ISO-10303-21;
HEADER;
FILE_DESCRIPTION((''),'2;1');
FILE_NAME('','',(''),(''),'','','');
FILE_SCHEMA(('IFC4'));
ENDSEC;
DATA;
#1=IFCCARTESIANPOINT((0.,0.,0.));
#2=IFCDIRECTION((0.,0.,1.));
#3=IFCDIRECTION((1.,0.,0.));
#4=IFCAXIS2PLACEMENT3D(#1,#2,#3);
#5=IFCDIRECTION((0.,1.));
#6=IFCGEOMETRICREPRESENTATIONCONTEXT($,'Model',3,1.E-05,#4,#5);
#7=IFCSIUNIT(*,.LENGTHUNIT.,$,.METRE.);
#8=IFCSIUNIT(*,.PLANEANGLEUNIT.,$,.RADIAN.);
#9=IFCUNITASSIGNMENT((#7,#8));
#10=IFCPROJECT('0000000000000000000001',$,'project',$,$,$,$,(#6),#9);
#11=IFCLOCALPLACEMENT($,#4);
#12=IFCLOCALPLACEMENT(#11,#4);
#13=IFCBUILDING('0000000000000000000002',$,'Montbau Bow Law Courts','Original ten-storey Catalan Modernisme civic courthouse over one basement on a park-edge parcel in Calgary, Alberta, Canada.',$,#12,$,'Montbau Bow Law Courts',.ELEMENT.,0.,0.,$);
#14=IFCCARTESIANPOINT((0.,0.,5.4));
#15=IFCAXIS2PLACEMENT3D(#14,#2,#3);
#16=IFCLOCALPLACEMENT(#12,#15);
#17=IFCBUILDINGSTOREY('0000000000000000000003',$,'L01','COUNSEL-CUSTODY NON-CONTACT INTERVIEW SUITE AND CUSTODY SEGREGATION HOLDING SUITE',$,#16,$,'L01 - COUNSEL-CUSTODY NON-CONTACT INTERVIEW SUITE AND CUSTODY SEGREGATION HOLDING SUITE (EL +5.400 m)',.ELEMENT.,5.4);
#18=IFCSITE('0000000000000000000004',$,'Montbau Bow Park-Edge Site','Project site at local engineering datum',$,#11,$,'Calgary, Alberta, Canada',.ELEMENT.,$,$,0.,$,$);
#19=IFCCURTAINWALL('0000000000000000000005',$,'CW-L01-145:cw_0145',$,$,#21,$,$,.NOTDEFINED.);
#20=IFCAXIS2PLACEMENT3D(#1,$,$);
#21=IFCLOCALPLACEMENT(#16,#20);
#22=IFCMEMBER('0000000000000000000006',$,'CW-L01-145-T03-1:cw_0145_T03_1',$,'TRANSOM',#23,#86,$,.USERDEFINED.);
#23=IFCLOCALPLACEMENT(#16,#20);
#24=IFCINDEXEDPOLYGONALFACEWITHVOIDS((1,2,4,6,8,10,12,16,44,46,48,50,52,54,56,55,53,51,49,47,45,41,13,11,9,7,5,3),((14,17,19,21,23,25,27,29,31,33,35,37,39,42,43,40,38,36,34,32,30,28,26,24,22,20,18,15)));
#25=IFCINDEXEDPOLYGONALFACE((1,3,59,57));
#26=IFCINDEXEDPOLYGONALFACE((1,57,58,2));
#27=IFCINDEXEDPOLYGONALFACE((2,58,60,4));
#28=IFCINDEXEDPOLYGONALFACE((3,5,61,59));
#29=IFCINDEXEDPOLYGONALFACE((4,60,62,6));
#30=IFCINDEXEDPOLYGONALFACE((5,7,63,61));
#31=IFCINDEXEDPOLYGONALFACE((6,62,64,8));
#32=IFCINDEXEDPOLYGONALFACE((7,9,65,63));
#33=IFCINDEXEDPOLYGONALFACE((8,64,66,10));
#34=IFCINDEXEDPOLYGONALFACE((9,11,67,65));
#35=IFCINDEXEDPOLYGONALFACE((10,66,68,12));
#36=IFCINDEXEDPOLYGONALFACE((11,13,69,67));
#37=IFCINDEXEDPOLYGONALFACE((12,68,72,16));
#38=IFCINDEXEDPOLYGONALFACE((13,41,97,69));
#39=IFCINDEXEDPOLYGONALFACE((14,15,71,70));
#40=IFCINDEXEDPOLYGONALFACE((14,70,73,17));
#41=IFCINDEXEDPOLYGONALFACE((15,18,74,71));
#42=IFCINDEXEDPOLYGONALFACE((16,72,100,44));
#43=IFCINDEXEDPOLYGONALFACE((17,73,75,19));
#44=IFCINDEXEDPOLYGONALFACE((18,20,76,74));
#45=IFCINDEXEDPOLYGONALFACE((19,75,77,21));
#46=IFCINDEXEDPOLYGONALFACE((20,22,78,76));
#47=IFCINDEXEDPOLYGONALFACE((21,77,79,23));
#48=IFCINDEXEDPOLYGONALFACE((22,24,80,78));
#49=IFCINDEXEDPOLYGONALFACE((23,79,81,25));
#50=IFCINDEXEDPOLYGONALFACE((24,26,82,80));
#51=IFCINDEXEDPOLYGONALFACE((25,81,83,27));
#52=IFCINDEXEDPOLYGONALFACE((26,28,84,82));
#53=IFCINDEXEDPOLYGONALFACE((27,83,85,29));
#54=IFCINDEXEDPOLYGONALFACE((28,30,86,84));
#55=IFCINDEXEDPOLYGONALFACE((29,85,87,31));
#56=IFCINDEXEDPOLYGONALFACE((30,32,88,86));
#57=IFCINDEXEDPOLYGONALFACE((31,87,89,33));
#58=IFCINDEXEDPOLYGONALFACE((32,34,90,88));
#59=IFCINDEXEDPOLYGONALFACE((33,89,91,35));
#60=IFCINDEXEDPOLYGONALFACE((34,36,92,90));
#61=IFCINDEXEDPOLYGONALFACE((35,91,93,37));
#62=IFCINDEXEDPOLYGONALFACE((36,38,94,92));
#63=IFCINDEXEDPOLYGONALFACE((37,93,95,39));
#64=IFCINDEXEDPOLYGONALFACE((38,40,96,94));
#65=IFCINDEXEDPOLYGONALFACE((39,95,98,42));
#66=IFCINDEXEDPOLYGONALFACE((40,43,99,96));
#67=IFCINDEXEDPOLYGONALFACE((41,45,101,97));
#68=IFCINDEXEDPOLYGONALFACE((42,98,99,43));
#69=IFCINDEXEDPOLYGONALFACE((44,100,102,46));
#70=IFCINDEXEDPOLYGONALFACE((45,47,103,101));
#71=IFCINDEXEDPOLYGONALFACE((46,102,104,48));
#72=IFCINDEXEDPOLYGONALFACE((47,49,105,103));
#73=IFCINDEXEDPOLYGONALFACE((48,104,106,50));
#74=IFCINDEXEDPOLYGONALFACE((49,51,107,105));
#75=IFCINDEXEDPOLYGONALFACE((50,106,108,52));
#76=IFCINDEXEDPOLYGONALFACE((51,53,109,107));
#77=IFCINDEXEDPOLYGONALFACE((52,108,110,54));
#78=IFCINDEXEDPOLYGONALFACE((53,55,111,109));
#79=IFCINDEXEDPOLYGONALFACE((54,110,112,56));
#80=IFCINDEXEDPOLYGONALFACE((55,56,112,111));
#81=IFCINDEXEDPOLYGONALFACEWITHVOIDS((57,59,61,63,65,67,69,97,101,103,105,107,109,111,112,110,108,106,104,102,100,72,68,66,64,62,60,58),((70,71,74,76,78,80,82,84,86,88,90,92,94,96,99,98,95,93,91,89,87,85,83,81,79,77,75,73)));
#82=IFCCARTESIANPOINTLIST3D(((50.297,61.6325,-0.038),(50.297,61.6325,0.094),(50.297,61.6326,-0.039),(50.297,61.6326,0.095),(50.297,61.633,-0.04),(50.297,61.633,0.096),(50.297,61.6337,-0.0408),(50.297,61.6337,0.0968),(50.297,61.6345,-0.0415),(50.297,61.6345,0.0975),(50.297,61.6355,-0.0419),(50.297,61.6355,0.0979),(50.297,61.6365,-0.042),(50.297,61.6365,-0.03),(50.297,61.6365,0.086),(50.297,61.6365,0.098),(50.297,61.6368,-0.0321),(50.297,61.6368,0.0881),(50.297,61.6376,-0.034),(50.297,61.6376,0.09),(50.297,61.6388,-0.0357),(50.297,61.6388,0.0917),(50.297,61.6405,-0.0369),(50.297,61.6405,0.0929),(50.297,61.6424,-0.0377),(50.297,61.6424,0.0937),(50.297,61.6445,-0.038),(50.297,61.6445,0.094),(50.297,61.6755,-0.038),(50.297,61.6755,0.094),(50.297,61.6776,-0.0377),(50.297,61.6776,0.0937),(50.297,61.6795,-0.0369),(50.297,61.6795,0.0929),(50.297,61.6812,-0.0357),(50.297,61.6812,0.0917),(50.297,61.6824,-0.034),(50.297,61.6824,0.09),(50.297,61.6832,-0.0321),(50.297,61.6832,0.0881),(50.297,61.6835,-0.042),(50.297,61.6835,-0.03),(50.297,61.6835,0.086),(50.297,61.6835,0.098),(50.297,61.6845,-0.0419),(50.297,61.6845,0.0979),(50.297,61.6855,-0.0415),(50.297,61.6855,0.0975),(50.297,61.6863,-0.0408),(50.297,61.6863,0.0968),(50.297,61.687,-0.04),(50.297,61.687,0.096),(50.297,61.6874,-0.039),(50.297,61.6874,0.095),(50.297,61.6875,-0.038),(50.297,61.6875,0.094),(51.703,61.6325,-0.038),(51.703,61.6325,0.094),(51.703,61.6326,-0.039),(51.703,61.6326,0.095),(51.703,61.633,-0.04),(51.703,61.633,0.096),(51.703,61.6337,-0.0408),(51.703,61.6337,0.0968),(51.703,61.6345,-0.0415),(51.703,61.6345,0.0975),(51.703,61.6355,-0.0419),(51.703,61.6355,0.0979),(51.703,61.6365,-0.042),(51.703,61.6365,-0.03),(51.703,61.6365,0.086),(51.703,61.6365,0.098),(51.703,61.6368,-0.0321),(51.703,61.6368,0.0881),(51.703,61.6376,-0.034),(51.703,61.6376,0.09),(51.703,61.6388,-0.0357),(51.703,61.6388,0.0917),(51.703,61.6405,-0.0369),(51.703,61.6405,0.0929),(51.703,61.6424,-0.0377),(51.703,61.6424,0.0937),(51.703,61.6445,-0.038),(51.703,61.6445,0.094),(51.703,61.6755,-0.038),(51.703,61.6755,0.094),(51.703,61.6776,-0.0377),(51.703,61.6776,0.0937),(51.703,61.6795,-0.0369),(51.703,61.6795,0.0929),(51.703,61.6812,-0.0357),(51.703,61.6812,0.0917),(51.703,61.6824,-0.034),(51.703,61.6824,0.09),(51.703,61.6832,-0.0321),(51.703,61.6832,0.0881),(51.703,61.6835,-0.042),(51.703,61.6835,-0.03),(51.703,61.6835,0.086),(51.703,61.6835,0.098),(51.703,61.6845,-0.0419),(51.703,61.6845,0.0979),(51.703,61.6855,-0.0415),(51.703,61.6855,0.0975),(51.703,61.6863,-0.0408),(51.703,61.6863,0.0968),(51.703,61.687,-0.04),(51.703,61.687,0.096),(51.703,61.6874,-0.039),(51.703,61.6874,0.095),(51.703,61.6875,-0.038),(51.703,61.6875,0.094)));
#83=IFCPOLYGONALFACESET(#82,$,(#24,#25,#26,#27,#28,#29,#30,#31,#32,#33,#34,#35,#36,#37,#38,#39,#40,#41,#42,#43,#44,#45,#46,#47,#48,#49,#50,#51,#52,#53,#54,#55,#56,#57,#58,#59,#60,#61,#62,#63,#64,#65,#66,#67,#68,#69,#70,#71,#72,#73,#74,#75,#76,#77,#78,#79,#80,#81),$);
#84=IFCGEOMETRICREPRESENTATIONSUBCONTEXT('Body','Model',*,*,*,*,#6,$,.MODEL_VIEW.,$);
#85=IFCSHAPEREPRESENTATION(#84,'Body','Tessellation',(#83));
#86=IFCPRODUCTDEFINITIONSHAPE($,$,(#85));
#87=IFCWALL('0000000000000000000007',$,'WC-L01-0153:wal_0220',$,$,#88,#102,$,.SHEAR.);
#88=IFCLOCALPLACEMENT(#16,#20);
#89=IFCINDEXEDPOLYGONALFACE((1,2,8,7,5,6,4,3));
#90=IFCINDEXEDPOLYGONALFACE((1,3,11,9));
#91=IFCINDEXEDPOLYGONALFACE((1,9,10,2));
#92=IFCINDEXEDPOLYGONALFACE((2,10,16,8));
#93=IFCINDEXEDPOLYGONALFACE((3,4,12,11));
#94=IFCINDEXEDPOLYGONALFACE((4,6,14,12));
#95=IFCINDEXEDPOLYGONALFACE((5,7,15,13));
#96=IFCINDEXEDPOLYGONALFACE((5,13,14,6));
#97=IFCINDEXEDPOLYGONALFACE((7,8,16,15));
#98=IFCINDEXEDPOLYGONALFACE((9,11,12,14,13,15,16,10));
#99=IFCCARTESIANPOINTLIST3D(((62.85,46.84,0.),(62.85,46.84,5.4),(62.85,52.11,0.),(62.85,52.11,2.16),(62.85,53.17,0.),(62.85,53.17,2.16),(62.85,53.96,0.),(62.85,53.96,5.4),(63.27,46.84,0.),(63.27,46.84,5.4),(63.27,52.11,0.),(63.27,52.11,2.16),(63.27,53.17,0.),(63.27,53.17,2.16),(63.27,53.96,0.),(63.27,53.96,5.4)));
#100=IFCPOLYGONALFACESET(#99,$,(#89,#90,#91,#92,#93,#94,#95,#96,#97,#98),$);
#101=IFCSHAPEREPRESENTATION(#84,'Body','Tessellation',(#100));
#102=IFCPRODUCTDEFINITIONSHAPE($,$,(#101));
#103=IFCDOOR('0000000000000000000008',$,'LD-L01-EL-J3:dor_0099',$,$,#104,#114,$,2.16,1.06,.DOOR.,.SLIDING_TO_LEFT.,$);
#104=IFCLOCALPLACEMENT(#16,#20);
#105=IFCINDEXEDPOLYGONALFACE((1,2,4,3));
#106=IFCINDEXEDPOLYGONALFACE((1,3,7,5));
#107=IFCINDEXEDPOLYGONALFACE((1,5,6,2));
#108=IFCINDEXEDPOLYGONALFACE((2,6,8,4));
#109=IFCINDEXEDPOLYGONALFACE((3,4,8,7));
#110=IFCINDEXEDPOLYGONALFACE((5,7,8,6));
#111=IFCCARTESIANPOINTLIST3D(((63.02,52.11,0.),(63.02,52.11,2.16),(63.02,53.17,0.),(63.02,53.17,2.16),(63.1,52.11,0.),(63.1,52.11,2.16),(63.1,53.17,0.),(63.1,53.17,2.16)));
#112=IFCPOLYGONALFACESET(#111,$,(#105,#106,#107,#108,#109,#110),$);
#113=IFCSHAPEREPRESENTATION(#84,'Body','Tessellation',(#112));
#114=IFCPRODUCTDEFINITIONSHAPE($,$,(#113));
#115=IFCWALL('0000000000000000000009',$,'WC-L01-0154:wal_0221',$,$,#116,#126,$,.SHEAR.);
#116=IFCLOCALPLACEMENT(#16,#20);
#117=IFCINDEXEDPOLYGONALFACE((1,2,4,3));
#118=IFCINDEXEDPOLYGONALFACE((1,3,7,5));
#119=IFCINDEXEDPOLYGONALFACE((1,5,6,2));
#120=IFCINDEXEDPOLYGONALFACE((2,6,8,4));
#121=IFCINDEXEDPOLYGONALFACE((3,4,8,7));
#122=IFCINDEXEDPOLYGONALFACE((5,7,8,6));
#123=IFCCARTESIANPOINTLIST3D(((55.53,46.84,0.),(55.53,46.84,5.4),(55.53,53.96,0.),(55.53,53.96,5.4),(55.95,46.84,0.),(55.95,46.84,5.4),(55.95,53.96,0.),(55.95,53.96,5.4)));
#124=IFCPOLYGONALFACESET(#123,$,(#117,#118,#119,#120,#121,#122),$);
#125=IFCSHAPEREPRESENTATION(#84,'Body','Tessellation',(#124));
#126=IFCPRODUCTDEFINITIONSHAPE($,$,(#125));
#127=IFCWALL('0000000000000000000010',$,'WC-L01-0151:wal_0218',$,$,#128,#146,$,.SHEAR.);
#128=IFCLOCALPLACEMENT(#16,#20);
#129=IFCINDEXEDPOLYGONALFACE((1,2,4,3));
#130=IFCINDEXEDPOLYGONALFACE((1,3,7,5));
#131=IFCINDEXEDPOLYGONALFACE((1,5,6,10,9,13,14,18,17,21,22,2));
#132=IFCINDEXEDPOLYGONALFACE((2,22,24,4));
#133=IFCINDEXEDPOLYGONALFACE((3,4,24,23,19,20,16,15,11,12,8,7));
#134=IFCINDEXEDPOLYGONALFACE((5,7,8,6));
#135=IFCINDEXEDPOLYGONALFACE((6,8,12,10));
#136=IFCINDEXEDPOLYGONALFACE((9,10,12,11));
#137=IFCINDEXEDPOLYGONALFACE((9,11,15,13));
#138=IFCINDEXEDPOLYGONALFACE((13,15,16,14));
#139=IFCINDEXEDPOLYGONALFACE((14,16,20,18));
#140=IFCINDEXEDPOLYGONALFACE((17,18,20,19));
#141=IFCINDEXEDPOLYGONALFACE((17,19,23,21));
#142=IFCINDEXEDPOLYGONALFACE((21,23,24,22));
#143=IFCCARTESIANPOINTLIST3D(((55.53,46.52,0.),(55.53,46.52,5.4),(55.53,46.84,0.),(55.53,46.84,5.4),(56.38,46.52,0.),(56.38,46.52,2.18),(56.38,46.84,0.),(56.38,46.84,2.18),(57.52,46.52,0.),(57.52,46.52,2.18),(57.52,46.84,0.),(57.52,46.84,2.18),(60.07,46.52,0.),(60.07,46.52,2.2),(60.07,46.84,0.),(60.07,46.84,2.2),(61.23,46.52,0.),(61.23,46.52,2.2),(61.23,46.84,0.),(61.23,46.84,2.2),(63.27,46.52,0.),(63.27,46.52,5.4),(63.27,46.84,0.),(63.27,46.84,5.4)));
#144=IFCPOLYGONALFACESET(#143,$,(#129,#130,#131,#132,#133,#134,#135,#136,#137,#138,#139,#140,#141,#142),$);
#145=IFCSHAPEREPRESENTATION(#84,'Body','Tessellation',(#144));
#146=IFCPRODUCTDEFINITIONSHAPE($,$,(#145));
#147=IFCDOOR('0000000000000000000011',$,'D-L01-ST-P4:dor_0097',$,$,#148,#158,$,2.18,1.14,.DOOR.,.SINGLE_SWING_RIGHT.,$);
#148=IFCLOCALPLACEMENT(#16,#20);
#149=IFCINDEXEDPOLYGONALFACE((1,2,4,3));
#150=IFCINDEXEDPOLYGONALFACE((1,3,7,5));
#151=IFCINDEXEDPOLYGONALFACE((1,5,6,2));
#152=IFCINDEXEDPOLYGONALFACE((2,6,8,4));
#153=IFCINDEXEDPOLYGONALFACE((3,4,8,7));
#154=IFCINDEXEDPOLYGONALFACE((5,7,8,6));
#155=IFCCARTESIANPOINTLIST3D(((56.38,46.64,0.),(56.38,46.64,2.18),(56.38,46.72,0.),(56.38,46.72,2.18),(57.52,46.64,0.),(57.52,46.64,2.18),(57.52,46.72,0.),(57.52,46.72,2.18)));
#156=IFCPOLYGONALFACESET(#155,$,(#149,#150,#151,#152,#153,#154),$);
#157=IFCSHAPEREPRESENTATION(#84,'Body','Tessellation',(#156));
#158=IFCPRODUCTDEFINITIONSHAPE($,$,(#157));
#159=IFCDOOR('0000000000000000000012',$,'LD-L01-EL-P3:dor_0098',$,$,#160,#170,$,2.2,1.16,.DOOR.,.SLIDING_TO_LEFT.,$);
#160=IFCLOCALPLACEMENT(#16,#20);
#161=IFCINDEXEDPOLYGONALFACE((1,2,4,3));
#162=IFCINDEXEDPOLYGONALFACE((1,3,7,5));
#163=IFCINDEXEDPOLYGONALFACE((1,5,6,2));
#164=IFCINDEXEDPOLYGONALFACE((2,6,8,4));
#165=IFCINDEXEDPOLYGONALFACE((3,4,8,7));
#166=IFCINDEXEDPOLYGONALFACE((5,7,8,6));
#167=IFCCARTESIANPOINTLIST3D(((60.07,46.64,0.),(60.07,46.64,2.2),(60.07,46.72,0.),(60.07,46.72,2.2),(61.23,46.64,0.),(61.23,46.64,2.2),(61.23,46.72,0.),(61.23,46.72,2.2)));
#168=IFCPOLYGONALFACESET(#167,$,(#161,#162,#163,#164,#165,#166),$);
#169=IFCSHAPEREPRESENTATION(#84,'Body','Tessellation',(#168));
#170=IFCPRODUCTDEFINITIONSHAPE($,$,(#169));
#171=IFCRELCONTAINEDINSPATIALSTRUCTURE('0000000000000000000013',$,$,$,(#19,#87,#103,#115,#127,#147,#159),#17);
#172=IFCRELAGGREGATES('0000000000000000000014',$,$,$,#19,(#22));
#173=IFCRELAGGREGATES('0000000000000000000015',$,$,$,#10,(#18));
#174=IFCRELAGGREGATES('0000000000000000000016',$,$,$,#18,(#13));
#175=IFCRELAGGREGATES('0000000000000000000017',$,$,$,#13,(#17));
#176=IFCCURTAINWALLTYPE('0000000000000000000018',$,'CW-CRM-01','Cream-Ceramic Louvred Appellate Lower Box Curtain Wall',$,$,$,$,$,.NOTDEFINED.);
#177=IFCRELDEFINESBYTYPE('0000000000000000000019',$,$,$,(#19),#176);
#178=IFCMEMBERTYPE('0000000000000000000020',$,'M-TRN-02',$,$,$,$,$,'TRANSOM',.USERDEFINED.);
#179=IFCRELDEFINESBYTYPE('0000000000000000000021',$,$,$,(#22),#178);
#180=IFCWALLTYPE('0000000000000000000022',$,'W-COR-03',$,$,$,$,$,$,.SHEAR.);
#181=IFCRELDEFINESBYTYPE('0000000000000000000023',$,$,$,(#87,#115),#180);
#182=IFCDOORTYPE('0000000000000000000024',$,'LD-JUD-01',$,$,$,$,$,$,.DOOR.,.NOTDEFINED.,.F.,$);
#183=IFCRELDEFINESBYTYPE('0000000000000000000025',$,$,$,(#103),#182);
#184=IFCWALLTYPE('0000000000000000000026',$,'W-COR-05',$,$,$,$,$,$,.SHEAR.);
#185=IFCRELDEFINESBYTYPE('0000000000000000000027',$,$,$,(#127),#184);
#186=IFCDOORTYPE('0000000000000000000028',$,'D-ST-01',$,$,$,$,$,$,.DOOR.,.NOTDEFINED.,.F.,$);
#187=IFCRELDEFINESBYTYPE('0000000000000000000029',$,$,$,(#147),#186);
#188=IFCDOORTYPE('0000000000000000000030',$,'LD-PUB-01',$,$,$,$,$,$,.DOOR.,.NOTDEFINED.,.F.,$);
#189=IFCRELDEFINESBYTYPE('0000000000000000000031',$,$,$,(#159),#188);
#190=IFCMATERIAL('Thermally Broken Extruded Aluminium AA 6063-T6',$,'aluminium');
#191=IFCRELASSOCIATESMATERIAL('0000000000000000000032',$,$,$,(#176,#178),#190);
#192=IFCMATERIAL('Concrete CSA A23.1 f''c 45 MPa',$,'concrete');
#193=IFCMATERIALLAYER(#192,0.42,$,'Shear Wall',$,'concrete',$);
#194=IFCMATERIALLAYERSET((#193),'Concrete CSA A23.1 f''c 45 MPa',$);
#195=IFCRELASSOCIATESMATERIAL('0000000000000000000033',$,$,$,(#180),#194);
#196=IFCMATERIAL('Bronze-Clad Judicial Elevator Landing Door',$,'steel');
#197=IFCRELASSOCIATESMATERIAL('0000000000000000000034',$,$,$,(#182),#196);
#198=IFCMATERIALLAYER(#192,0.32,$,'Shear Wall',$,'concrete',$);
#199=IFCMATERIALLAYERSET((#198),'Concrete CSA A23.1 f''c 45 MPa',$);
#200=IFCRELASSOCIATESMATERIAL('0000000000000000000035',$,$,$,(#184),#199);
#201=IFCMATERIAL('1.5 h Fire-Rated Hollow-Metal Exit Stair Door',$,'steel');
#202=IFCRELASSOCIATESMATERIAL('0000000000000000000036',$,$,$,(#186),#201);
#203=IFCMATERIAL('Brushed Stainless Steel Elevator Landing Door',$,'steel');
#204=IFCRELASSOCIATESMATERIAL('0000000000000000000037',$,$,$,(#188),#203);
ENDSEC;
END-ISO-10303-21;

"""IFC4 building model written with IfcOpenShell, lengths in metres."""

from ifc_helpers import new_model, si_unit, direction, frame, frame_2d, origin_with_axes, origin_2d_with_axis, place, context, subcontext, project, spatial, rectangle, hollow_rectangle, extrude, material, layer, layer_set, material_profile, profile_set, type_object, element, fill, aggregate, save


model = new_model("IFC4")

# Units and contexts
model_context = context("Model", 3, precision=1e-05, world=origin_with_axes(), true_north=direction((0.0, 1.0)))
body_context = subcontext(model_context, "Body", "Model", "MODEL_VIEW")
ifc_project = project(units=[si_unit("LENGTHUNIT", "METRE"), si_unit("PLANEANGLEUNIT", "RADIAN")], contexts=[model_context])

# Site, building, storey
site_placement = place(None, origin_with_axes())
site = spatial("IfcSite", under=ifc_project, at=site_placement, Name="Montbau Bow Park-Edge Site", Description="Project site at local engineering datum", LongName="Calgary, Alberta, Canada", CompositionType="ELEMENT", RefElevation=0.0)
building_placement = place(site_placement, origin_with_axes())
building = spatial("IfcBuilding", under=site, at=building_placement, Name="Montbau Bow Law Courts", Description="Original ten-storey Catalan Modernisme civic courthouse over one basement on a park-edge parcel in Calgary, Alberta, Canada.", LongName="Montbau Bow Law Courts", CompositionType="ELEMENT", ElevationOfRefHeight=0.0, ElevationOfTerrain=0.0)
storey_placement = place(building_placement, frame((0.0, 0.0, 5.4), z_axis=(0.0, 0.0, 1.0), x_axis=(1.0, 0.0, 0.0)))
storey = spatial("IfcBuildingStorey", under=building, at=storey_placement, Name="L01", Description="COUNSEL-CUSTODY NON-CONTACT INTERVIEW SUITE AND CUSTODY SEGREGATION HOLDING SUITE", LongName="L01 - COUNSEL-CUSTODY NON-CONTACT INTERVIEW SUITE AND CUSTODY SEGREGATION HOLDING SUITE (EL +5.400 m)", CompositionType="ELEMENT", Elevation=5.4)

# Curtain wall, member
ifc_material_1 = material(Name="Thermally Broken Extruded Aluminium AA 6063-T6", Category="aluminium")
curtain_wall_type = type_object("IfcCurtainWallType", Name="CW-CRM-01", Description="Cream-Ceramic Louvred Appellate Lower Box Curtain Wall", PredefinedType="NOTDEFINED", material=ifc_material_1)
curtain_wall_placement = place(None, frame((47.315, 61.66, 5.4), z_axis=(0.0, 0.0, 1.0), x_axis=(1.0, 0.0, 0.0)))
curtain_wall = element("IfcCurtainWall", 1, at=curtain_wall_placement, inside=storey, type_object=curtain_wall_type, Name="CW-L01-145:cw_0145", PredefinedType="NOTDEFINED")
ifc_material_profile_1 = material_profile(ifc_material_1, hollow_rectangle(XDim=0.055, YDim=0.14, WallThickness=0.004, InnerFilletRadius=0.008, OuterFilletRadius=0.004, at=origin_2d_with_axis()), Name="CWT-140X55", Category="Main", Priority=0)
ifc_profile_set_1 = profile_set([ifc_material_profile_1], Name="Thermally Broken Extruded Aluminium AA 6063-T6")
member_type = type_object("IfcMemberType", Name="M-TRN-02", ElementType="TRANSOM", PredefinedType="USERDEFINED", material=ifc_profile_set_1)
member_placement = place(None, frame((50.297, 61.66, 5.428), z_axis=(1.0, 0.0, 0.0), x_axis=(0.0, 1.0, 0.0)))
member = element("IfcMember", 2, at=member_placement, type_object=member_type, Name="CW-L01-145-T03-1:cw_0145_T03_1", ObjectType="TRANSOM", PredefinedType="USERDEFINED", context=body_context, shape_type="SweptSolid", body=[
    extrude(hollow_rectangle(XDim=0.055, YDim=0.14, WallThickness=0.004, InnerFilletRadius=0.008, OuterFilletRadius=0.004, at=origin_2d_with_axis()), origin_with_axes(), (0.0, 0.0, 1.0), 1.406),
])
aggregate(curtain_wall, [member])

# Wall, opening, door
ifc_material_2 = material(Name="Concrete CSA A23.1 f'c 45 MPa", Category="concrete")
ifc_layer_1 = layer(ifc_material_2, 0.42, Name="Shear Wall", Category="concrete")
ifc_layer_set_1 = layer_set([ifc_layer_1], Name="Concrete CSA A23.1 f'c 45 MPa")
wall_type_1 = type_object("IfcWallType", Name="W-COR-03", PredefinedType="SHEAR", material=ifc_layer_set_1)
wall_1_placement = place(None, frame((63.06, 46.84, 5.4), z_axis=(0.0, 0.0, 1.0), x_axis=(0.0, 1.0, 0.0)))
wall_1 = element("IfcWall", 3, at=wall_1_placement, inside=storey, type_object=wall_type_1, Name="WC-L01-0153:wal_0220", PredefinedType="SHEAR", context=body_context, shape_type="SweptSolid", body=[
    extrude(rectangle(XDim=7.12, YDim=0.42, at=frame_2d((3.56, 0.0), x_axis=(1.0, 0.0))), origin_with_axes(), (0.0, 0.0, 1.0), 5.4),
])
opening_1_placement = place(None, frame((63.06, 52.64, 5.4), z_axis=(0.0, 0.0, 1.0), x_axis=(0.0, 1.0, 0.0)))
opening_1 = element("IfcOpeningElement", 4, at=opening_1_placement, cuts=wall_1, PredefinedType="OPENING", context=body_context, shape_type="SweptSolid", body=[
    extrude(rectangle(XDim=1.06, YDim=2.16, at=frame_2d((0.0, 1.08), x_axis=(1.0, 0.0))), frame((0.0, 0.22, 0.0), z_axis=(0.0, -1.0, 0.0), x_axis=(1.0, 0.0, 0.0)), (0.0, 0.0, 1.0), 0.44),
])
ifc_material_3 = material(Name="Bronze-Clad Judicial Elevator Landing Door", Category="steel")
door_type_1 = type_object("IfcDoorType", Name="LD-JUD-01", OperationType="NOTDEFINED", ParameterTakesPrecedence=False, PredefinedType="DOOR", material=ifc_material_3)
door_1_placement = place(None, frame((63.06, 52.64, 5.4), z_axis=(0.0, 0.0, 1.0), x_axis=(0.0, 1.0, 0.0)))
door_1 = element("IfcDoor", 5, at=door_1_placement, inside=storey, type_object=door_type_1, Name="LD-L01-EL-J3:dor_0099", OperationType="SLIDING_TO_LEFT", OverallHeight=2.16, OverallWidth=1.06, PredefinedType="DOOR", context=body_context, shape_type="SweptSolid", body=[
    extrude(rectangle(XDim=1.06, YDim=2.16, at=frame_2d((0.0, 1.08), x_axis=(1.0, 0.0))), frame((0.0, 0.04, 0.0), z_axis=(0.0, -1.0, 0.0), x_axis=(1.0, 0.0, 0.0)), (0.0, 0.0, 1.0), 0.08),
])
fill(opening_1, door_1)

# Wall
wall_2_placement = place(None, frame((55.74, 53.96, 5.4), z_axis=(0.0, 0.0, 1.0), x_axis=(0.0, -1.0, 0.0)))
element("IfcWall", 6, at=wall_2_placement, inside=storey, type_object=wall_type_1, Name="WC-L01-0154:wal_0221", PredefinedType="SHEAR", context=body_context, shape_type="SweptSolid", body=[
    extrude(rectangle(XDim=7.12, YDim=0.42, at=frame_2d((3.56, 0.0), x_axis=(1.0, 0.0))), origin_with_axes(), (0.0, 0.0, 1.0), 5.4),
])

# Wall, openings, doors
ifc_layer_2 = layer(ifc_material_2, 0.32, Name="Shear Wall", Category="concrete")
ifc_layer_set_2 = layer_set([ifc_layer_2], Name="Concrete CSA A23.1 f'c 45 MPa")
wall_type_2 = type_object("IfcWallType", Name="W-COR-05", PredefinedType="SHEAR", material=ifc_layer_set_2)
wall_3_placement = place(None, frame((55.53, 46.68, 5.4), z_axis=(0.0, 0.0, 1.0), x_axis=(1.0, 0.0, 0.0)))
wall_3 = element("IfcWall", 7, at=wall_3_placement, inside=storey, type_object=wall_type_2, Name="WC-L01-0151:wal_0218", PredefinedType="SHEAR", context=body_context, shape_type="SweptSolid", body=[
    extrude(rectangle(XDim=7.74, YDim=0.32, at=frame_2d((3.87, 0.0), x_axis=(1.0, 0.0))), origin_with_axes(), (0.0, 0.0, 1.0), 5.4),
])
opening_2_placement = place(None, frame((56.95, 46.68, 5.4), z_axis=(0.0, 0.0, 1.0), x_axis=(1.0, 0.0, 0.0)))
opening_2 = element("IfcOpeningElement", 8, at=opening_2_placement, cuts=wall_3, PredefinedType="OPENING", context=body_context, shape_type="SweptSolid", body=[
    extrude(rectangle(XDim=1.14, YDim=2.18, at=frame_2d((0.0, 1.09), x_axis=(1.0, 0.0))), frame((0.0, 0.17, 0.0), z_axis=(0.0, -1.0, 0.0), x_axis=(1.0, 0.0, 0.0)), (0.0, 0.0, 1.0), 0.34),
])
opening_3_placement = place(None, frame((60.65, 46.68, 5.4), z_axis=(0.0, 0.0, 1.0), x_axis=(1.0, 0.0, 0.0)))
opening_3 = element("IfcOpeningElement", 9, at=opening_3_placement, cuts=wall_3, PredefinedType="OPENING", context=body_context, shape_type="SweptSolid", body=[
    extrude(rectangle(XDim=1.16, YDim=2.2, at=frame_2d((0.0, 1.1), x_axis=(1.0, 0.0))), frame((0.0, 0.17, 0.0), z_axis=(0.0, -1.0, 0.0), x_axis=(1.0, 0.0, 0.0)), (0.0, 0.0, 1.0), 0.34),
])
ifc_material_4 = material(Name="1.5 h Fire-Rated Hollow-Metal Exit Stair Door", Category="steel")
door_type_2 = type_object("IfcDoorType", Name="D-ST-01", OperationType="NOTDEFINED", ParameterTakesPrecedence=False, PredefinedType="DOOR", material=ifc_material_4)
door_2_placement = place(None, frame((56.95, 46.68, 5.4), z_axis=(0.0, 0.0, 1.0), x_axis=(-1.0, 0.0, 0.0)))
door_2 = element("IfcDoor", 10, at=door_2_placement, inside=storey, type_object=door_type_2, Name="D-L01-ST-P4:dor_0097", OperationType="SINGLE_SWING_RIGHT", OverallHeight=2.18, OverallWidth=1.14, PredefinedType="DOOR", context=body_context, shape_type="SweptSolid", body=[
    extrude(rectangle(XDim=1.14, YDim=2.18, at=frame_2d((0.0, 1.09), x_axis=(1.0, 0.0))), frame((0.0, 0.04, 0.0), z_axis=(0.0, -1.0, 0.0), x_axis=(1.0, 0.0, 0.0)), (0.0, 0.0, 1.0), 0.08),
])
fill(opening_2, door_2)
ifc_material_5 = material(Name="Brushed Stainless Steel Elevator Landing Door", Category="steel")
door_type_3 = type_object("IfcDoorType", Name="LD-PUB-01", OperationType="NOTDEFINED", ParameterTakesPrecedence=False, PredefinedType="DOOR", material=ifc_material_5)
door_3_placement = place(None, frame((60.65, 46.68, 5.4), z_axis=(0.0, 0.0, 1.0), x_axis=(-1.0, 0.0, 0.0)))
door_3 = element("IfcDoor", 11, at=door_3_placement, inside=storey, type_object=door_type_3, Name="LD-L01-EL-P3:dor_0098", OperationType="SLIDING_TO_LEFT", OverallHeight=2.2, OverallWidth=1.16, PredefinedType="DOOR", context=body_context, shape_type="SweptSolid", body=[
    extrude(rectangle(XDim=1.16, YDim=2.2, at=frame_2d((0.0, 1.1), x_axis=(1.0, 0.0))), frame((0.0, 0.04, 0.0), z_axis=(0.0, -1.0, 0.0), x_axis=(1.0, 0.0, 0.0)), (0.0, 0.0, 1.0), 0.08),
])
fill(opening_3, door_3)

save(model, "model.ifc")
